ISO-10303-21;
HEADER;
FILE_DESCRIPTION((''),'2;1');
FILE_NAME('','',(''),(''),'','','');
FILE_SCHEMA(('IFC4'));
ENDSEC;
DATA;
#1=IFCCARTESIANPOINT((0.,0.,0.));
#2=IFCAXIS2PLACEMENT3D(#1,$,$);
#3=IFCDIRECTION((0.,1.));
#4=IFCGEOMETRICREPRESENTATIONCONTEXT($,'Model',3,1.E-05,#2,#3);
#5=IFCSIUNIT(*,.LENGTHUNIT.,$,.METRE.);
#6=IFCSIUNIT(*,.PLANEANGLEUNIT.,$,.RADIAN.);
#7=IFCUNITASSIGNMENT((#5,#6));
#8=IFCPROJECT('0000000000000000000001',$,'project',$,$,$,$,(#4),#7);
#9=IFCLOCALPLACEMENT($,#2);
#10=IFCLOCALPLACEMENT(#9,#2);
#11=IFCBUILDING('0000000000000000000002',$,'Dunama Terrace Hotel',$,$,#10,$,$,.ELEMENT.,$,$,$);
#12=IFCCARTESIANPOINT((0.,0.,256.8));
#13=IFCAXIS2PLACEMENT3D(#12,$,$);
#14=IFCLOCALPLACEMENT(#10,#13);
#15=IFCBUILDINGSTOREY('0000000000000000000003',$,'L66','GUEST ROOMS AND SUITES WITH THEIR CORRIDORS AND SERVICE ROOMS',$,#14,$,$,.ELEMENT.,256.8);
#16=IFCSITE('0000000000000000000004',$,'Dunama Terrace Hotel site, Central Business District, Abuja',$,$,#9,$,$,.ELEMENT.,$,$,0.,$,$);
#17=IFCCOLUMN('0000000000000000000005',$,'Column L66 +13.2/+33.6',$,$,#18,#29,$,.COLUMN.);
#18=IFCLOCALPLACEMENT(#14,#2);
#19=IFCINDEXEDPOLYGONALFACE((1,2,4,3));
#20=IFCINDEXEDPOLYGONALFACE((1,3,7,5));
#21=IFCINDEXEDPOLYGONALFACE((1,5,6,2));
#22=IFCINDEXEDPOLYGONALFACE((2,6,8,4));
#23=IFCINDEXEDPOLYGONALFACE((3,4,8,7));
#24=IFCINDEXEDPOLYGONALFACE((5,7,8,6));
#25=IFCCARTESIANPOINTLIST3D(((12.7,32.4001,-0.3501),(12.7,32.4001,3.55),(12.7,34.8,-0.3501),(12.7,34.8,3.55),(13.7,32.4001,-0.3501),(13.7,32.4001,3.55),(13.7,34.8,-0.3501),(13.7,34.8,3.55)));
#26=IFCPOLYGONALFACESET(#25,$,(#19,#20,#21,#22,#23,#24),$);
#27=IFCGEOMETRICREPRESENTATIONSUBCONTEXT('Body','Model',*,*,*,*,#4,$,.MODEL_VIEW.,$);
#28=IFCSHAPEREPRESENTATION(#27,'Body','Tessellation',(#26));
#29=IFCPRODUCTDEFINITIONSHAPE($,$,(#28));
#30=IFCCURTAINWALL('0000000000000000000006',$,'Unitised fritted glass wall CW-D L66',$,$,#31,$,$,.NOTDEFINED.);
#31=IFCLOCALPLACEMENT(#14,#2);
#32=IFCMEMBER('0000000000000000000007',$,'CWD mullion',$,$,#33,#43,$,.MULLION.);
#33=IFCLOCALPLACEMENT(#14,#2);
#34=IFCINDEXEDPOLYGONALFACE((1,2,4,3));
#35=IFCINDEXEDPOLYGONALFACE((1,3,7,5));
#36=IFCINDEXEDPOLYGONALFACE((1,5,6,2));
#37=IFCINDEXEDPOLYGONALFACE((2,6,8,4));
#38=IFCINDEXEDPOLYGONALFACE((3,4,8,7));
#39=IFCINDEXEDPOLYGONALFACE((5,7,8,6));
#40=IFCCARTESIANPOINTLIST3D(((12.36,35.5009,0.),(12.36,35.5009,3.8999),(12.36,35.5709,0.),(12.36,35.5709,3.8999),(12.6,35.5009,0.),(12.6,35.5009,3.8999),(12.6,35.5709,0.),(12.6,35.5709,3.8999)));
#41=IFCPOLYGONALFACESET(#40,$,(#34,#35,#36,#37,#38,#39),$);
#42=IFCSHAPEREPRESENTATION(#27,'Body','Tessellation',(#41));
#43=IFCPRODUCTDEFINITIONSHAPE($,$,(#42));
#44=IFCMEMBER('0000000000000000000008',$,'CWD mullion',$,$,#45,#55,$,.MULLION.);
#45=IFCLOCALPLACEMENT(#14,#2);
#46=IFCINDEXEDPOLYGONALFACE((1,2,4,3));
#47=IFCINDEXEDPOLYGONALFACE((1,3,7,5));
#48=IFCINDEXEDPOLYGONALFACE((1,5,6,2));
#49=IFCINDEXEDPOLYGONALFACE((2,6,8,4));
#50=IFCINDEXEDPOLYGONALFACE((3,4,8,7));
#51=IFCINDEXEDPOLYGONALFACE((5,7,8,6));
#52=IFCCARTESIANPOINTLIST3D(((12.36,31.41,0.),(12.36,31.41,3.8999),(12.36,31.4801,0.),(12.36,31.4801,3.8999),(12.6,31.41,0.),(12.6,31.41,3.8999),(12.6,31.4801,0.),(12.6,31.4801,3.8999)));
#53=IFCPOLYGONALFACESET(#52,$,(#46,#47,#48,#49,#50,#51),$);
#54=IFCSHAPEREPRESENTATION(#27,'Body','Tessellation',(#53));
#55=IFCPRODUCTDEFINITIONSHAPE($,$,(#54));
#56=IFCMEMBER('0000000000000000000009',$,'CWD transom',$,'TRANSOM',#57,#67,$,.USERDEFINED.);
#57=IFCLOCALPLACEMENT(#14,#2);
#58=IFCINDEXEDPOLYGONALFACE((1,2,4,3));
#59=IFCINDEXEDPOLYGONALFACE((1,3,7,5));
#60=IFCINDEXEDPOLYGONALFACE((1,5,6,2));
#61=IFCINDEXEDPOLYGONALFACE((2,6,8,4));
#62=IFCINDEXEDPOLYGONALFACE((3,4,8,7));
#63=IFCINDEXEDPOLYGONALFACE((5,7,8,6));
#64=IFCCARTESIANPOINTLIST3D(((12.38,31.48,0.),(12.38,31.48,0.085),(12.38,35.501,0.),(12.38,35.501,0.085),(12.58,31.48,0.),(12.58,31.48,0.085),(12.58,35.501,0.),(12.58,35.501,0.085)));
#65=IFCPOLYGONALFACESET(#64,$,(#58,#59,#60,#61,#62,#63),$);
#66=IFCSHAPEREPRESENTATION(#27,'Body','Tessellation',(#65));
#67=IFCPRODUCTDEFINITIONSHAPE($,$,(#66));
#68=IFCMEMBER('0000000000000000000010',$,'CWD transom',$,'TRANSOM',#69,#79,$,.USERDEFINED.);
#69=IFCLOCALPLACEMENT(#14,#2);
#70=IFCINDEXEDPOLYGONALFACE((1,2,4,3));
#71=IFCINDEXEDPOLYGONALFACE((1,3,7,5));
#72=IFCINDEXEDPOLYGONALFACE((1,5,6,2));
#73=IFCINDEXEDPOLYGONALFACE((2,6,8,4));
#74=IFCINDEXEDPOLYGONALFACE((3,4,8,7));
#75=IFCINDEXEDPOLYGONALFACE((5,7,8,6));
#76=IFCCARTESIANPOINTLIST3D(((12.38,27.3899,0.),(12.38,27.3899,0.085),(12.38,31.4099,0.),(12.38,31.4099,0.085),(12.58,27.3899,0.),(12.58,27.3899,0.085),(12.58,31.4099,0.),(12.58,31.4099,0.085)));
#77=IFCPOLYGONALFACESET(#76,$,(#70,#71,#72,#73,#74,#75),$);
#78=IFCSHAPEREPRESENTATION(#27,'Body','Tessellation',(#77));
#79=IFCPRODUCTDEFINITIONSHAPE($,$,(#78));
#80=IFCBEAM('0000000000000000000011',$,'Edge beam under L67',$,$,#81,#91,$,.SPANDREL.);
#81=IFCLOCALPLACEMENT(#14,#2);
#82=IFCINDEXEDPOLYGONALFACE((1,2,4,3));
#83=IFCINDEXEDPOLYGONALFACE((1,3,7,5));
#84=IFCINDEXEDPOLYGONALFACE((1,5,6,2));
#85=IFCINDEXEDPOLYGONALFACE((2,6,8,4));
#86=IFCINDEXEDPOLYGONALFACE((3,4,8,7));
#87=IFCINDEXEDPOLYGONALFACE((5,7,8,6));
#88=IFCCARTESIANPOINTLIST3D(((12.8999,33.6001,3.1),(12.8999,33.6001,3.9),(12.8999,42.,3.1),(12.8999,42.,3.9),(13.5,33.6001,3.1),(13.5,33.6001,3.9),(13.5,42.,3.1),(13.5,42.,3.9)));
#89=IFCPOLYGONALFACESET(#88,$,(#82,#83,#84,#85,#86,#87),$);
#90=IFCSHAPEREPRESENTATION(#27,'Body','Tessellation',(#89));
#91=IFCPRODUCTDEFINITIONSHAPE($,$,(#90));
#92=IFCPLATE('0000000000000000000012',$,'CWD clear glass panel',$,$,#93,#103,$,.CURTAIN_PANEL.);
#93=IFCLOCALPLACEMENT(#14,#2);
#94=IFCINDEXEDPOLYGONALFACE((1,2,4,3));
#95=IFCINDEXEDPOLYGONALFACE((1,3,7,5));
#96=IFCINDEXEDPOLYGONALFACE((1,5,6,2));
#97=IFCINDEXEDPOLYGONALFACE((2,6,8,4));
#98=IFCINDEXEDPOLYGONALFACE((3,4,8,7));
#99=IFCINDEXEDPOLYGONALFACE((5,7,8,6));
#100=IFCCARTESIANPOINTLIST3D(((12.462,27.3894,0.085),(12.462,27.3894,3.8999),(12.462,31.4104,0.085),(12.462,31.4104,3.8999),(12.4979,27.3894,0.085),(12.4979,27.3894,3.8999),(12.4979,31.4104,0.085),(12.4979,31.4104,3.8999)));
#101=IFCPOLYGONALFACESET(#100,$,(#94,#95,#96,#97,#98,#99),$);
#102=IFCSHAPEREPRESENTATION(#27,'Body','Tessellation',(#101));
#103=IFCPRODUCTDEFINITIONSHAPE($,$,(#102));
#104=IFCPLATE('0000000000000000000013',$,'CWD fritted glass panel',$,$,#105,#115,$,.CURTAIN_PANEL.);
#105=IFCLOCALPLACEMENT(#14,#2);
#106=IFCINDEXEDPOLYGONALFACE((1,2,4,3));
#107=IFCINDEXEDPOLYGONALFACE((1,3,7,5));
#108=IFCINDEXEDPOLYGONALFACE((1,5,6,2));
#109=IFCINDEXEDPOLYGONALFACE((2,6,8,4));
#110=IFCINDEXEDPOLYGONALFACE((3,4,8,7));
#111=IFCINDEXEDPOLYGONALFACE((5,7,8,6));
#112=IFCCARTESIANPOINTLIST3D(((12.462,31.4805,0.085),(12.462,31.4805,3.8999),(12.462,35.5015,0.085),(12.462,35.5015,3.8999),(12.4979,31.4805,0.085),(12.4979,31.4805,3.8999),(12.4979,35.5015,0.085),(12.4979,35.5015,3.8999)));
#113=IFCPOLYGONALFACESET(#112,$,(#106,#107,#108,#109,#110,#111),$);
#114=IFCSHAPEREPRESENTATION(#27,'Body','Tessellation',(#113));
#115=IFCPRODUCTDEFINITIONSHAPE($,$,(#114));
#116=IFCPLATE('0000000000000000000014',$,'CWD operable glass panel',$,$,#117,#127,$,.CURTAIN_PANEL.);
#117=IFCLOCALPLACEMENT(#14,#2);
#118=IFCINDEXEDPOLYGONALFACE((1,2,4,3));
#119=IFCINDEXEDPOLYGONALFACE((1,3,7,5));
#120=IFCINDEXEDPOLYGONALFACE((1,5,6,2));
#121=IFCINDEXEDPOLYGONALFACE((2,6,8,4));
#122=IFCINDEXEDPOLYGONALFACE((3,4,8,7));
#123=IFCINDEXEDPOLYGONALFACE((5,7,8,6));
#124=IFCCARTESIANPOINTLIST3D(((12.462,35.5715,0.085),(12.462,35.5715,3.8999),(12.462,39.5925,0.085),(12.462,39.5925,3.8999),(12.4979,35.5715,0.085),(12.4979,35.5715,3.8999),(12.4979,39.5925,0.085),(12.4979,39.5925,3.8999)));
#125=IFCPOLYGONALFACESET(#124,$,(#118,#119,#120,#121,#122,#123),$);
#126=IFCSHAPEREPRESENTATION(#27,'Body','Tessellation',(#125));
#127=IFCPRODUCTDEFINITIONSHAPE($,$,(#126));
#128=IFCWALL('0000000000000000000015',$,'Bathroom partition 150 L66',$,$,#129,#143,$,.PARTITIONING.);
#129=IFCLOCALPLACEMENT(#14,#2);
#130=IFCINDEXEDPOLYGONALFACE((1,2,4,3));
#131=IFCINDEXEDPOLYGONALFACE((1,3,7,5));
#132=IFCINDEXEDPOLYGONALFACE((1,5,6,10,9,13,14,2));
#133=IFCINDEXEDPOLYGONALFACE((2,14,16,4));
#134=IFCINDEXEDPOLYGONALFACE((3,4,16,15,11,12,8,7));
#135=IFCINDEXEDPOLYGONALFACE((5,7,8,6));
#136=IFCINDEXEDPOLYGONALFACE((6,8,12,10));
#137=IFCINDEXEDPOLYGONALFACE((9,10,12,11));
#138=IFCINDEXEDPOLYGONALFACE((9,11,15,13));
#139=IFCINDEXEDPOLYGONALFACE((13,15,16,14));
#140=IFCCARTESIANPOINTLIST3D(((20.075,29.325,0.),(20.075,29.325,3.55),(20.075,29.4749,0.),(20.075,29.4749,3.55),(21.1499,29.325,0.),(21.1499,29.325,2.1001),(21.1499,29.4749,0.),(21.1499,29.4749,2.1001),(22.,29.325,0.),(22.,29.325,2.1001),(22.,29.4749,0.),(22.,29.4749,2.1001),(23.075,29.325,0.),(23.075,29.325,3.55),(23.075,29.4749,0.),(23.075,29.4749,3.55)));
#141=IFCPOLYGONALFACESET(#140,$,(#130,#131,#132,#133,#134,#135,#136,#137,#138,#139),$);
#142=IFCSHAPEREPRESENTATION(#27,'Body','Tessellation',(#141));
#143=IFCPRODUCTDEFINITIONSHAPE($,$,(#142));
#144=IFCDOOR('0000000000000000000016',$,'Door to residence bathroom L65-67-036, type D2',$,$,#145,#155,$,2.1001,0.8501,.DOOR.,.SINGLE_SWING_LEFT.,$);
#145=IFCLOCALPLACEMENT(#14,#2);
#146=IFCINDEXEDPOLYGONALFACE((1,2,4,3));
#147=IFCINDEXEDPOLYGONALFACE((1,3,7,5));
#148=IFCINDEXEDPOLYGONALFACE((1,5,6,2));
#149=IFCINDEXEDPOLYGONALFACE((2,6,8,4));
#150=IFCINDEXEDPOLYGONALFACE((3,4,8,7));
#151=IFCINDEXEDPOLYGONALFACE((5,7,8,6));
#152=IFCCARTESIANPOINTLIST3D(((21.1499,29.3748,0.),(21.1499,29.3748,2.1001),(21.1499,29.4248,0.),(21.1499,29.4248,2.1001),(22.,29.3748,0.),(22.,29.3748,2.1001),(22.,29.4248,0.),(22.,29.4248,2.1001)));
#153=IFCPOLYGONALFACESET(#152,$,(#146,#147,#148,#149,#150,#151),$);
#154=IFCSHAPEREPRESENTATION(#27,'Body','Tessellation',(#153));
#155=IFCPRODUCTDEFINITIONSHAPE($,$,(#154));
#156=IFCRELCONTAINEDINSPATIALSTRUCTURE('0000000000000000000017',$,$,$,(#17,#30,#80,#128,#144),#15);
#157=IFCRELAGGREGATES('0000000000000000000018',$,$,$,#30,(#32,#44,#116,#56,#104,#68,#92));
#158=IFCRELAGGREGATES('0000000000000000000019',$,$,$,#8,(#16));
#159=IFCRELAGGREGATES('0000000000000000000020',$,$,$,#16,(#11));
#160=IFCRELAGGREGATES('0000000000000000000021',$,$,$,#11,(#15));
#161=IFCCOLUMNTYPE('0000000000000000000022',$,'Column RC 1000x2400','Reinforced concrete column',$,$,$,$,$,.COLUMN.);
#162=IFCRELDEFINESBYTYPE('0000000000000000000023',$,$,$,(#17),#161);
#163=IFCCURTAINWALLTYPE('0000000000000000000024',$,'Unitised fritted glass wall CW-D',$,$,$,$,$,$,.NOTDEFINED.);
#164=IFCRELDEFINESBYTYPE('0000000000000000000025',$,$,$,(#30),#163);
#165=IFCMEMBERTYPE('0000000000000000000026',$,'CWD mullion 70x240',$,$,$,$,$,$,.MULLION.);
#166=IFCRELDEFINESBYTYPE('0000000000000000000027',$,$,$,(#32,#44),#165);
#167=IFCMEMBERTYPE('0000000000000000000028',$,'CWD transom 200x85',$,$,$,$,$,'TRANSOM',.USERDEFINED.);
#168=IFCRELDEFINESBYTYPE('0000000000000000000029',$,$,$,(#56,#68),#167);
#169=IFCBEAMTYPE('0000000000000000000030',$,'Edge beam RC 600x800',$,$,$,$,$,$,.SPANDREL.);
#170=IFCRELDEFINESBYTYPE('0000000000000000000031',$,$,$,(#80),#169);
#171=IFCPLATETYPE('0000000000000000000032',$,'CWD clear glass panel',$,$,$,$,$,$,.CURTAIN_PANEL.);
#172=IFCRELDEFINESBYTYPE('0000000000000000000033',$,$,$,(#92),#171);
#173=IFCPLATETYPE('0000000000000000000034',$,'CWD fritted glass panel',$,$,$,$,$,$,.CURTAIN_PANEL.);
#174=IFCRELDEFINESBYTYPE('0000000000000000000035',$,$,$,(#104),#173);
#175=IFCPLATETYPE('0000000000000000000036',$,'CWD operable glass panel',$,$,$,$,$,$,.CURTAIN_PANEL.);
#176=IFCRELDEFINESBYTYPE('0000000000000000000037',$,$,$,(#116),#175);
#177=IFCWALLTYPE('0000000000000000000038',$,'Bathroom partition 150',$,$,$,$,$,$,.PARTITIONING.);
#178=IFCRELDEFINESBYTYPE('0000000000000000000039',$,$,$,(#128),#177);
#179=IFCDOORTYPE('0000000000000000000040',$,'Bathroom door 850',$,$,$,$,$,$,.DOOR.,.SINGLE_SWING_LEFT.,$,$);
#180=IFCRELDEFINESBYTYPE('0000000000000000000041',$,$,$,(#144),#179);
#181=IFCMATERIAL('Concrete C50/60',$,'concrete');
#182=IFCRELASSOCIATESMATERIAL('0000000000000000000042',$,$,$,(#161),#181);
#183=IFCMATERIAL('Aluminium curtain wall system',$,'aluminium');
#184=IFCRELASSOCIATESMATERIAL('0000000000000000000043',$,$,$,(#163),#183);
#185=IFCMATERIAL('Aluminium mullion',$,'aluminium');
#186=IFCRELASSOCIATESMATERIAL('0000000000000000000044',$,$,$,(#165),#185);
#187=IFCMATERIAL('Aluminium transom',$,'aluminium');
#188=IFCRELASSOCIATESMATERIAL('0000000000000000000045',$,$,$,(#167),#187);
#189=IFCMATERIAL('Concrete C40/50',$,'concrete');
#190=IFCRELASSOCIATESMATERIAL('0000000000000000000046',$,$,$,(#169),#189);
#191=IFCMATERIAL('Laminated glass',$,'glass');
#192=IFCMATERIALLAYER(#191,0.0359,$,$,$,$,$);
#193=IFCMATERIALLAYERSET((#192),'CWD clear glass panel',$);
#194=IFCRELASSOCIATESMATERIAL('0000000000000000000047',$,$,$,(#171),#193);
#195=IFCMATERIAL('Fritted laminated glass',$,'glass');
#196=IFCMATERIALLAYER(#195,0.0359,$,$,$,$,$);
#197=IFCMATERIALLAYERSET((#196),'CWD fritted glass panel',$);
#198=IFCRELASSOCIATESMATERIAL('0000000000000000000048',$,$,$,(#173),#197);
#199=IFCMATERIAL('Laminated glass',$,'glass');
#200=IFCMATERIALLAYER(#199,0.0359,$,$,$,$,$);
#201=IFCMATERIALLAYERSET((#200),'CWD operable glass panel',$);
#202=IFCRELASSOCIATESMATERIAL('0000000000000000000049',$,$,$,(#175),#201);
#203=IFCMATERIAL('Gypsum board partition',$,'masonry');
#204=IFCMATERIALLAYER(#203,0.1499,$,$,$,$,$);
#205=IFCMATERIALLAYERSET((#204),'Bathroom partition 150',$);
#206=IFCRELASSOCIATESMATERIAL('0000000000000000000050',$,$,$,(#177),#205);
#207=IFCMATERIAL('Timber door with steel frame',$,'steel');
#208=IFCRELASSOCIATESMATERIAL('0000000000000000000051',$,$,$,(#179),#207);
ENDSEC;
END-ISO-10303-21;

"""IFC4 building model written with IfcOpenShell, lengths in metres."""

from ifc_helpers import new_model, si_unit, direction, frame, frame_2d, origin, origin_2d, place, context, subcontext, project, spatial, rectangle, extrude, material, layer, layer_set, material_profile, profile_set, type_object, element, fill, aggregate, save


model = new_model("IFC4")

# Units and contexts
model_context = context("Model", 3, precision=1e-05, world=origin(), true_north=direction((0.0, 1.0)))
body_context = subcontext(model_context, "Body", "Model", "MODEL_VIEW")
ifc_project = project(units=[si_unit("LENGTHUNIT", "METRE"), si_unit("PLANEANGLEUNIT", "RADIAN")], contexts=[model_context])

# Site, building, storey
site_placement = place(None, origin())
site = spatial("IfcSite", under=ifc_project, at=site_placement, Name="Dunama Terrace Hotel site, Central Business District, Abuja", CompositionType="ELEMENT", RefElevation=0.0)
building_placement = place(site_placement, origin())
building = spatial("IfcBuilding", under=site, at=building_placement, Name="Dunama Terrace Hotel", CompositionType="ELEMENT")
storey_placement = place(building_placement, frame((0.0, 0.0, 256.8)))
storey = spatial("IfcBuildingStorey", under=building, at=storey_placement, Name="L66", Description="GUEST ROOMS AND SUITES WITH THEIR CORRIDORS AND SERVICE ROOMS", CompositionType="ELEMENT", Elevation=256.8)

# Column
ifc_material_1 = material(Name="Concrete C50/60", Category="concrete")
ifc_material_profile_1 = material_profile(ifc_material_1, rectangle(XDim=1.0, YDim=2.3999, at=origin_2d()), Name="RC 1000x2400")
ifc_profile_set_1 = profile_set([ifc_material_profile_1], Name="Concrete C50/60")
column_type = type_object("IfcColumnType", Name="Column RC 1000x2400", Description="Reinforced concrete column", PredefinedType="COLUMN", material=ifc_profile_set_1)
column_placement = place(storey_placement, frame((13.2, 33.6001, -0.3501), z_axis=(0.0, 0.0, 1.0), x_axis=(1.0, 0.0, 0.0)))
element("IfcColumn", 1, at=column_placement, inside=storey, type_object=column_type, Name="Column L66 +13.2/+33.6", PredefinedType="COLUMN", context=body_context, shape_type="SweptSolid", body=[
    extrude(rectangle(XDim=1.0, YDim=2.3999, at=origin_2d()), origin(), (0.0, 0.0, 1.0), 3.9001),
])

# Curtain wall, members
ifc_material_2 = material(Name="Aluminium curtain wall system", Category="aluminium")
curtain_wall_type = type_object("IfcCurtainWallType", Name="Unitised fritted glass wall CW-D", PredefinedType="NOTDEFINED", material=ifc_material_2)
curtain_wall_placement = place(storey_placement, origin())
curtain_wall = element("IfcCurtainWall", 2, at=curtain_wall_placement, inside=storey, type_object=curtain_wall_type, Name="Unitised fritted glass wall CW-D L66", PredefinedType="NOTDEFINED")
ifc_material_3 = material(Name="Aluminium mullion", Category="aluminium")
ifc_material_profile_2 = material_profile(ifc_material_3, rectangle(XDim=0.0701, YDim=0.24, at=origin_2d()), Name="CWD MULLION 70X240")
ifc_profile_set_2 = profile_set([ifc_material_profile_2], Name="Aluminium mullion")
member_type_1 = type_object("IfcMemberType", Name="CWD mullion 70x240", PredefinedType="MULLION", material=ifc_profile_set_2)
member_1_placement = place(storey_placement, frame((12.48, 35.5359, 0.0), z_axis=(0.0, 0.0, 1.0), x_axis=(0.0, -1.0, 0.0)))
member_1 = element("IfcMember", 3, at=member_1_placement, type_object=member_type_1, Name="CWD mullion", PredefinedType="MULLION", context=body_context, shape_type="SweptSolid", body=[
    extrude(rectangle(XDim=0.0701, YDim=0.24, at=origin_2d()), origin(), (0.0, 0.0, 1.0), 3.8999),
])
member_2_placement = place(storey_placement, frame((12.48, 31.4451, 0.0), z_axis=(0.0, 0.0, 1.0), x_axis=(0.0, -1.0, 0.0)))
member_2 = element("IfcMember", 4, at=member_2_placement, type_object=member_type_1, Name="CWD mullion", PredefinedType="MULLION", context=body_context, shape_type="SweptSolid", body=[
    extrude(rectangle(XDim=0.0701, YDim=0.24, at=origin_2d()), origin(), (0.0, 0.0, 1.0), 3.8999),
])
ifc_material_4 = material(Name="Aluminium transom", Category="aluminium")
ifc_material_profile_3 = material_profile(ifc_material_4, rectangle(XDim=0.2, YDim=0.085, at=origin_2d()), Name="CWD TRANSOM 200X85")
ifc_profile_set_3 = profile_set([ifc_material_profile_3], Name="Aluminium transom")
member_type_2 = type_object("IfcMemberType", Name="CWD transom 200x85", ElementType="TRANSOM", PredefinedType="USERDEFINED", material=ifc_profile_set_3)
member_3_placement = place(storey_placement, frame((12.48, 35.501, 0.0425), z_axis=(0.0, -1.0, 0.0), x_axis=(1.0, 0.0, 0.0)))
member_3 = element("IfcMember", 5, at=member_3_placement, type_object=member_type_2, Name="CWD transom", ObjectType="TRANSOM", PredefinedType="USERDEFINED", context=body_context, shape_type="SweptSolid", body=[
    extrude(rectangle(XDim=0.2, YDim=0.085, at=origin_2d()), origin(), (0.0, 0.0, 1.0), 4.021),
])
member_4_placement = place(storey_placement, frame((12.48, 31.4099, 0.0425), z_axis=(0.0, -1.0, 0.0), x_axis=(1.0, 0.0, 0.0)))
member_4 = element("IfcMember", 6, at=member_4_placement, type_object=member_type_2, Name="CWD transom", ObjectType="TRANSOM", PredefinedType="USERDEFINED", context=body_context, shape_type="SweptSolid", body=[
    extrude(rectangle(XDim=0.2, YDim=0.085, at=origin_2d()), origin(), (0.0, 0.0, 1.0), 4.02),
])

# Beam
ifc_material_5 = material(Name="Concrete C40/50", Category="concrete")
ifc_material_profile_4 = material_profile(ifc_material_5, rectangle(XDim=0.6001, YDim=0.8, at=origin_2d()), Name="RC 600x800")
ifc_profile_set_4 = profile_set([ifc_material_profile_4], Name="Concrete C40/50")
beam_type = type_object("IfcBeamType", Name="Edge beam RC 600x800", PredefinedType="SPANDREL", material=ifc_profile_set_4)
beam_placement = place(storey_placement, frame((13.2, 33.6001, 3.5), z_axis=(0.0, 1.0, 0.0), x_axis=(-1.0, 0.0, 0.0)))
element("IfcBeam", 7, at=beam_placement, inside=storey, type_object=beam_type, Name="Edge beam under L67", PredefinedType="SPANDREL", context=body_context, shape_type="SweptSolid", body=[
    extrude(rectangle(XDim=0.6001, YDim=0.8, at=origin_2d()), origin(), (0.0, 0.0, 1.0), 8.3999),
])

# Plates
ifc_material_6 = material(Name="Laminated glass", Category="glass")
ifc_layer_1 = layer(ifc_material_6, 0.0359)
ifc_layer_set_1 = layer_set([ifc_layer_1], Name="CWD clear glass panel")
plate_type_1 = type_object("IfcPlateType", Name="CWD clear glass panel", PredefinedType="CURTAIN_PANEL", material=ifc_layer_set_1)
plate_1_placement = place(storey_placement, frame((12.48, 29.3999, 0.085), z_axis=(0.0, 0.0, 1.0), x_axis=(0.0, -1.0, 0.0)))
plate_1 = element("IfcPlate", 8, at=plate_1_placement, type_object=plate_type_1, Name="CWD clear glass panel", PredefinedType="CURTAIN_PANEL", context=body_context, shape_type="SweptSolid", body=[
    extrude(rectangle(XDim=4.021, YDim=0.0359, at=origin_2d()), origin(), (0.0, 0.0, 1.0), 3.8149),
])
ifc_material_7 = material(Name="Fritted laminated glass", Category="glass")
ifc_layer_2 = layer(ifc_material_7, 0.0359)
ifc_layer_set_2 = layer_set([ifc_layer_2], Name="CWD fritted glass panel")
plate_type_2 = type_object("IfcPlateType", Name="CWD fritted glass panel", PredefinedType="CURTAIN_PANEL", material=ifc_layer_set_2)
plate_2_placement = place(storey_placement, frame((12.48, 33.491, 0.085), z_axis=(0.0, 0.0, 1.0), x_axis=(0.0, -1.0, 0.0)))
plate_2 = element("IfcPlate", 9, at=plate_2_placement, type_object=plate_type_2, Name="CWD fritted glass panel", PredefinedType="CURTAIN_PANEL", context=body_context, shape_type="SweptSolid", body=[
    extrude(rectangle(XDim=4.021, YDim=0.0359, at=origin_2d()), origin(), (0.0, 0.0, 1.0), 3.8149),
])
ifc_material_8 = material(Name="Laminated glass", Category="glass")
ifc_layer_3 = layer(ifc_material_8, 0.0359)
ifc_layer_set_3 = layer_set([ifc_layer_3], Name="CWD operable glass panel")
plate_type_3 = type_object("IfcPlateType", Name="CWD operable glass panel", PredefinedType="CURTAIN_PANEL", material=ifc_layer_set_3)
plate_3_placement = place(storey_placement, frame((12.48, 37.582, 0.085), z_axis=(0.0, 0.0, 1.0), x_axis=(0.0, -1.0, 0.0)))
plate_3 = element("IfcPlate", 10, at=plate_3_placement, type_object=plate_type_3, Name="CWD operable glass panel", PredefinedType="CURTAIN_PANEL", context=body_context, shape_type="SweptSolid", body=[
    extrude(rectangle(XDim=4.021, YDim=0.0359, at=origin_2d()), origin(), (0.0, 0.0, 1.0), 3.8149),
])
aggregate(curtain_wall, [member_1, member_2, plate_3, member_3, plate_2, member_4, plate_1])

# Wall, opening, door
ifc_material_9 = material(Name="Gypsum board partition", Category="masonry")
ifc_layer_4 = layer(ifc_material_9, 0.1499)
ifc_layer_set_4 = layer_set([ifc_layer_4], Name="Bathroom partition 150")
wall_type_1 = type_object("IfcWallType", Name="Bathroom partition 150", PredefinedType="PARTITIONING", material=ifc_layer_set_4)
wall_1_placement = place(storey_placement, frame((20.075, 29.3999, 0.0), z_axis=(0.0, 0.0, 1.0), x_axis=(1.0, 0.0, 0.0)))
wall_1 = element("IfcWall", 11, at=wall_1_placement, inside=storey, type_object=wall_type_1, Name="Bathroom partition 150 L66", PredefinedType="PARTITIONING", context=body_context, shape_type="SweptSolid", body=[
    extrude(rectangle(XDim=3.0, YDim=0.1499, at=frame_2d((1.5, 0.0))), origin(), (0.0, 0.0, 1.0), 3.55),
])
opening_1_placement = place(wall_1_placement, frame((1.075, 0.0, 0.0)))
opening_1 = element("IfcOpeningElement", 12, at=opening_1_placement, cuts=wall_1, PredefinedType="OPENING", context=body_context, shape_type="SweptSolid", body=[
    extrude(rectangle(XDim=0.8501, YDim=2.1001, at=frame_2d((0.425, 1.05))), frame((0.0, 0.085, 0.0), z_axis=(0.0, -1.0, 0.0), x_axis=(1.0, 0.0, 0.0)), (0.0, 0.0, 1.0), 0.1699),
])
ifc_material_10 = material(Name="Timber door with steel frame", Category="steel")
door_type_1 = type_object("IfcDoorType", Name="Bathroom door 850", OperationType="SINGLE_SWING_LEFT", PredefinedType="DOOR", material=ifc_material_10)
door_1_placement = place(opening_1_placement, frame((0.8501, 0.0, 0.0), z_axis=(0.0, 0.0, 1.0), x_axis=(-1.0, 0.0, 0.0)))
door_1 = element("IfcDoor", 13, at=door_1_placement, inside=storey, type_object=door_type_1, Name="Door to residence bathroom L65-67-036, type D2", OperationType="SINGLE_SWING_LEFT", OverallHeight=2.1001, OverallWidth=0.8501, PredefinedType="DOOR", context=body_context, shape_type="SweptSolid", body=[
    extrude(rectangle(XDim=0.8501, YDim=2.1001, at=frame_2d((0.425, 1.05))), frame((0.0, 0.0251, 0.0), z_axis=(0.0, -1.0, 0.0), x_axis=(1.0, 0.0, 0.0)), (0.0, 0.0, 1.0), 0.05),
])
fill(opening_1, door_1)

save(model, "model.ifc")
